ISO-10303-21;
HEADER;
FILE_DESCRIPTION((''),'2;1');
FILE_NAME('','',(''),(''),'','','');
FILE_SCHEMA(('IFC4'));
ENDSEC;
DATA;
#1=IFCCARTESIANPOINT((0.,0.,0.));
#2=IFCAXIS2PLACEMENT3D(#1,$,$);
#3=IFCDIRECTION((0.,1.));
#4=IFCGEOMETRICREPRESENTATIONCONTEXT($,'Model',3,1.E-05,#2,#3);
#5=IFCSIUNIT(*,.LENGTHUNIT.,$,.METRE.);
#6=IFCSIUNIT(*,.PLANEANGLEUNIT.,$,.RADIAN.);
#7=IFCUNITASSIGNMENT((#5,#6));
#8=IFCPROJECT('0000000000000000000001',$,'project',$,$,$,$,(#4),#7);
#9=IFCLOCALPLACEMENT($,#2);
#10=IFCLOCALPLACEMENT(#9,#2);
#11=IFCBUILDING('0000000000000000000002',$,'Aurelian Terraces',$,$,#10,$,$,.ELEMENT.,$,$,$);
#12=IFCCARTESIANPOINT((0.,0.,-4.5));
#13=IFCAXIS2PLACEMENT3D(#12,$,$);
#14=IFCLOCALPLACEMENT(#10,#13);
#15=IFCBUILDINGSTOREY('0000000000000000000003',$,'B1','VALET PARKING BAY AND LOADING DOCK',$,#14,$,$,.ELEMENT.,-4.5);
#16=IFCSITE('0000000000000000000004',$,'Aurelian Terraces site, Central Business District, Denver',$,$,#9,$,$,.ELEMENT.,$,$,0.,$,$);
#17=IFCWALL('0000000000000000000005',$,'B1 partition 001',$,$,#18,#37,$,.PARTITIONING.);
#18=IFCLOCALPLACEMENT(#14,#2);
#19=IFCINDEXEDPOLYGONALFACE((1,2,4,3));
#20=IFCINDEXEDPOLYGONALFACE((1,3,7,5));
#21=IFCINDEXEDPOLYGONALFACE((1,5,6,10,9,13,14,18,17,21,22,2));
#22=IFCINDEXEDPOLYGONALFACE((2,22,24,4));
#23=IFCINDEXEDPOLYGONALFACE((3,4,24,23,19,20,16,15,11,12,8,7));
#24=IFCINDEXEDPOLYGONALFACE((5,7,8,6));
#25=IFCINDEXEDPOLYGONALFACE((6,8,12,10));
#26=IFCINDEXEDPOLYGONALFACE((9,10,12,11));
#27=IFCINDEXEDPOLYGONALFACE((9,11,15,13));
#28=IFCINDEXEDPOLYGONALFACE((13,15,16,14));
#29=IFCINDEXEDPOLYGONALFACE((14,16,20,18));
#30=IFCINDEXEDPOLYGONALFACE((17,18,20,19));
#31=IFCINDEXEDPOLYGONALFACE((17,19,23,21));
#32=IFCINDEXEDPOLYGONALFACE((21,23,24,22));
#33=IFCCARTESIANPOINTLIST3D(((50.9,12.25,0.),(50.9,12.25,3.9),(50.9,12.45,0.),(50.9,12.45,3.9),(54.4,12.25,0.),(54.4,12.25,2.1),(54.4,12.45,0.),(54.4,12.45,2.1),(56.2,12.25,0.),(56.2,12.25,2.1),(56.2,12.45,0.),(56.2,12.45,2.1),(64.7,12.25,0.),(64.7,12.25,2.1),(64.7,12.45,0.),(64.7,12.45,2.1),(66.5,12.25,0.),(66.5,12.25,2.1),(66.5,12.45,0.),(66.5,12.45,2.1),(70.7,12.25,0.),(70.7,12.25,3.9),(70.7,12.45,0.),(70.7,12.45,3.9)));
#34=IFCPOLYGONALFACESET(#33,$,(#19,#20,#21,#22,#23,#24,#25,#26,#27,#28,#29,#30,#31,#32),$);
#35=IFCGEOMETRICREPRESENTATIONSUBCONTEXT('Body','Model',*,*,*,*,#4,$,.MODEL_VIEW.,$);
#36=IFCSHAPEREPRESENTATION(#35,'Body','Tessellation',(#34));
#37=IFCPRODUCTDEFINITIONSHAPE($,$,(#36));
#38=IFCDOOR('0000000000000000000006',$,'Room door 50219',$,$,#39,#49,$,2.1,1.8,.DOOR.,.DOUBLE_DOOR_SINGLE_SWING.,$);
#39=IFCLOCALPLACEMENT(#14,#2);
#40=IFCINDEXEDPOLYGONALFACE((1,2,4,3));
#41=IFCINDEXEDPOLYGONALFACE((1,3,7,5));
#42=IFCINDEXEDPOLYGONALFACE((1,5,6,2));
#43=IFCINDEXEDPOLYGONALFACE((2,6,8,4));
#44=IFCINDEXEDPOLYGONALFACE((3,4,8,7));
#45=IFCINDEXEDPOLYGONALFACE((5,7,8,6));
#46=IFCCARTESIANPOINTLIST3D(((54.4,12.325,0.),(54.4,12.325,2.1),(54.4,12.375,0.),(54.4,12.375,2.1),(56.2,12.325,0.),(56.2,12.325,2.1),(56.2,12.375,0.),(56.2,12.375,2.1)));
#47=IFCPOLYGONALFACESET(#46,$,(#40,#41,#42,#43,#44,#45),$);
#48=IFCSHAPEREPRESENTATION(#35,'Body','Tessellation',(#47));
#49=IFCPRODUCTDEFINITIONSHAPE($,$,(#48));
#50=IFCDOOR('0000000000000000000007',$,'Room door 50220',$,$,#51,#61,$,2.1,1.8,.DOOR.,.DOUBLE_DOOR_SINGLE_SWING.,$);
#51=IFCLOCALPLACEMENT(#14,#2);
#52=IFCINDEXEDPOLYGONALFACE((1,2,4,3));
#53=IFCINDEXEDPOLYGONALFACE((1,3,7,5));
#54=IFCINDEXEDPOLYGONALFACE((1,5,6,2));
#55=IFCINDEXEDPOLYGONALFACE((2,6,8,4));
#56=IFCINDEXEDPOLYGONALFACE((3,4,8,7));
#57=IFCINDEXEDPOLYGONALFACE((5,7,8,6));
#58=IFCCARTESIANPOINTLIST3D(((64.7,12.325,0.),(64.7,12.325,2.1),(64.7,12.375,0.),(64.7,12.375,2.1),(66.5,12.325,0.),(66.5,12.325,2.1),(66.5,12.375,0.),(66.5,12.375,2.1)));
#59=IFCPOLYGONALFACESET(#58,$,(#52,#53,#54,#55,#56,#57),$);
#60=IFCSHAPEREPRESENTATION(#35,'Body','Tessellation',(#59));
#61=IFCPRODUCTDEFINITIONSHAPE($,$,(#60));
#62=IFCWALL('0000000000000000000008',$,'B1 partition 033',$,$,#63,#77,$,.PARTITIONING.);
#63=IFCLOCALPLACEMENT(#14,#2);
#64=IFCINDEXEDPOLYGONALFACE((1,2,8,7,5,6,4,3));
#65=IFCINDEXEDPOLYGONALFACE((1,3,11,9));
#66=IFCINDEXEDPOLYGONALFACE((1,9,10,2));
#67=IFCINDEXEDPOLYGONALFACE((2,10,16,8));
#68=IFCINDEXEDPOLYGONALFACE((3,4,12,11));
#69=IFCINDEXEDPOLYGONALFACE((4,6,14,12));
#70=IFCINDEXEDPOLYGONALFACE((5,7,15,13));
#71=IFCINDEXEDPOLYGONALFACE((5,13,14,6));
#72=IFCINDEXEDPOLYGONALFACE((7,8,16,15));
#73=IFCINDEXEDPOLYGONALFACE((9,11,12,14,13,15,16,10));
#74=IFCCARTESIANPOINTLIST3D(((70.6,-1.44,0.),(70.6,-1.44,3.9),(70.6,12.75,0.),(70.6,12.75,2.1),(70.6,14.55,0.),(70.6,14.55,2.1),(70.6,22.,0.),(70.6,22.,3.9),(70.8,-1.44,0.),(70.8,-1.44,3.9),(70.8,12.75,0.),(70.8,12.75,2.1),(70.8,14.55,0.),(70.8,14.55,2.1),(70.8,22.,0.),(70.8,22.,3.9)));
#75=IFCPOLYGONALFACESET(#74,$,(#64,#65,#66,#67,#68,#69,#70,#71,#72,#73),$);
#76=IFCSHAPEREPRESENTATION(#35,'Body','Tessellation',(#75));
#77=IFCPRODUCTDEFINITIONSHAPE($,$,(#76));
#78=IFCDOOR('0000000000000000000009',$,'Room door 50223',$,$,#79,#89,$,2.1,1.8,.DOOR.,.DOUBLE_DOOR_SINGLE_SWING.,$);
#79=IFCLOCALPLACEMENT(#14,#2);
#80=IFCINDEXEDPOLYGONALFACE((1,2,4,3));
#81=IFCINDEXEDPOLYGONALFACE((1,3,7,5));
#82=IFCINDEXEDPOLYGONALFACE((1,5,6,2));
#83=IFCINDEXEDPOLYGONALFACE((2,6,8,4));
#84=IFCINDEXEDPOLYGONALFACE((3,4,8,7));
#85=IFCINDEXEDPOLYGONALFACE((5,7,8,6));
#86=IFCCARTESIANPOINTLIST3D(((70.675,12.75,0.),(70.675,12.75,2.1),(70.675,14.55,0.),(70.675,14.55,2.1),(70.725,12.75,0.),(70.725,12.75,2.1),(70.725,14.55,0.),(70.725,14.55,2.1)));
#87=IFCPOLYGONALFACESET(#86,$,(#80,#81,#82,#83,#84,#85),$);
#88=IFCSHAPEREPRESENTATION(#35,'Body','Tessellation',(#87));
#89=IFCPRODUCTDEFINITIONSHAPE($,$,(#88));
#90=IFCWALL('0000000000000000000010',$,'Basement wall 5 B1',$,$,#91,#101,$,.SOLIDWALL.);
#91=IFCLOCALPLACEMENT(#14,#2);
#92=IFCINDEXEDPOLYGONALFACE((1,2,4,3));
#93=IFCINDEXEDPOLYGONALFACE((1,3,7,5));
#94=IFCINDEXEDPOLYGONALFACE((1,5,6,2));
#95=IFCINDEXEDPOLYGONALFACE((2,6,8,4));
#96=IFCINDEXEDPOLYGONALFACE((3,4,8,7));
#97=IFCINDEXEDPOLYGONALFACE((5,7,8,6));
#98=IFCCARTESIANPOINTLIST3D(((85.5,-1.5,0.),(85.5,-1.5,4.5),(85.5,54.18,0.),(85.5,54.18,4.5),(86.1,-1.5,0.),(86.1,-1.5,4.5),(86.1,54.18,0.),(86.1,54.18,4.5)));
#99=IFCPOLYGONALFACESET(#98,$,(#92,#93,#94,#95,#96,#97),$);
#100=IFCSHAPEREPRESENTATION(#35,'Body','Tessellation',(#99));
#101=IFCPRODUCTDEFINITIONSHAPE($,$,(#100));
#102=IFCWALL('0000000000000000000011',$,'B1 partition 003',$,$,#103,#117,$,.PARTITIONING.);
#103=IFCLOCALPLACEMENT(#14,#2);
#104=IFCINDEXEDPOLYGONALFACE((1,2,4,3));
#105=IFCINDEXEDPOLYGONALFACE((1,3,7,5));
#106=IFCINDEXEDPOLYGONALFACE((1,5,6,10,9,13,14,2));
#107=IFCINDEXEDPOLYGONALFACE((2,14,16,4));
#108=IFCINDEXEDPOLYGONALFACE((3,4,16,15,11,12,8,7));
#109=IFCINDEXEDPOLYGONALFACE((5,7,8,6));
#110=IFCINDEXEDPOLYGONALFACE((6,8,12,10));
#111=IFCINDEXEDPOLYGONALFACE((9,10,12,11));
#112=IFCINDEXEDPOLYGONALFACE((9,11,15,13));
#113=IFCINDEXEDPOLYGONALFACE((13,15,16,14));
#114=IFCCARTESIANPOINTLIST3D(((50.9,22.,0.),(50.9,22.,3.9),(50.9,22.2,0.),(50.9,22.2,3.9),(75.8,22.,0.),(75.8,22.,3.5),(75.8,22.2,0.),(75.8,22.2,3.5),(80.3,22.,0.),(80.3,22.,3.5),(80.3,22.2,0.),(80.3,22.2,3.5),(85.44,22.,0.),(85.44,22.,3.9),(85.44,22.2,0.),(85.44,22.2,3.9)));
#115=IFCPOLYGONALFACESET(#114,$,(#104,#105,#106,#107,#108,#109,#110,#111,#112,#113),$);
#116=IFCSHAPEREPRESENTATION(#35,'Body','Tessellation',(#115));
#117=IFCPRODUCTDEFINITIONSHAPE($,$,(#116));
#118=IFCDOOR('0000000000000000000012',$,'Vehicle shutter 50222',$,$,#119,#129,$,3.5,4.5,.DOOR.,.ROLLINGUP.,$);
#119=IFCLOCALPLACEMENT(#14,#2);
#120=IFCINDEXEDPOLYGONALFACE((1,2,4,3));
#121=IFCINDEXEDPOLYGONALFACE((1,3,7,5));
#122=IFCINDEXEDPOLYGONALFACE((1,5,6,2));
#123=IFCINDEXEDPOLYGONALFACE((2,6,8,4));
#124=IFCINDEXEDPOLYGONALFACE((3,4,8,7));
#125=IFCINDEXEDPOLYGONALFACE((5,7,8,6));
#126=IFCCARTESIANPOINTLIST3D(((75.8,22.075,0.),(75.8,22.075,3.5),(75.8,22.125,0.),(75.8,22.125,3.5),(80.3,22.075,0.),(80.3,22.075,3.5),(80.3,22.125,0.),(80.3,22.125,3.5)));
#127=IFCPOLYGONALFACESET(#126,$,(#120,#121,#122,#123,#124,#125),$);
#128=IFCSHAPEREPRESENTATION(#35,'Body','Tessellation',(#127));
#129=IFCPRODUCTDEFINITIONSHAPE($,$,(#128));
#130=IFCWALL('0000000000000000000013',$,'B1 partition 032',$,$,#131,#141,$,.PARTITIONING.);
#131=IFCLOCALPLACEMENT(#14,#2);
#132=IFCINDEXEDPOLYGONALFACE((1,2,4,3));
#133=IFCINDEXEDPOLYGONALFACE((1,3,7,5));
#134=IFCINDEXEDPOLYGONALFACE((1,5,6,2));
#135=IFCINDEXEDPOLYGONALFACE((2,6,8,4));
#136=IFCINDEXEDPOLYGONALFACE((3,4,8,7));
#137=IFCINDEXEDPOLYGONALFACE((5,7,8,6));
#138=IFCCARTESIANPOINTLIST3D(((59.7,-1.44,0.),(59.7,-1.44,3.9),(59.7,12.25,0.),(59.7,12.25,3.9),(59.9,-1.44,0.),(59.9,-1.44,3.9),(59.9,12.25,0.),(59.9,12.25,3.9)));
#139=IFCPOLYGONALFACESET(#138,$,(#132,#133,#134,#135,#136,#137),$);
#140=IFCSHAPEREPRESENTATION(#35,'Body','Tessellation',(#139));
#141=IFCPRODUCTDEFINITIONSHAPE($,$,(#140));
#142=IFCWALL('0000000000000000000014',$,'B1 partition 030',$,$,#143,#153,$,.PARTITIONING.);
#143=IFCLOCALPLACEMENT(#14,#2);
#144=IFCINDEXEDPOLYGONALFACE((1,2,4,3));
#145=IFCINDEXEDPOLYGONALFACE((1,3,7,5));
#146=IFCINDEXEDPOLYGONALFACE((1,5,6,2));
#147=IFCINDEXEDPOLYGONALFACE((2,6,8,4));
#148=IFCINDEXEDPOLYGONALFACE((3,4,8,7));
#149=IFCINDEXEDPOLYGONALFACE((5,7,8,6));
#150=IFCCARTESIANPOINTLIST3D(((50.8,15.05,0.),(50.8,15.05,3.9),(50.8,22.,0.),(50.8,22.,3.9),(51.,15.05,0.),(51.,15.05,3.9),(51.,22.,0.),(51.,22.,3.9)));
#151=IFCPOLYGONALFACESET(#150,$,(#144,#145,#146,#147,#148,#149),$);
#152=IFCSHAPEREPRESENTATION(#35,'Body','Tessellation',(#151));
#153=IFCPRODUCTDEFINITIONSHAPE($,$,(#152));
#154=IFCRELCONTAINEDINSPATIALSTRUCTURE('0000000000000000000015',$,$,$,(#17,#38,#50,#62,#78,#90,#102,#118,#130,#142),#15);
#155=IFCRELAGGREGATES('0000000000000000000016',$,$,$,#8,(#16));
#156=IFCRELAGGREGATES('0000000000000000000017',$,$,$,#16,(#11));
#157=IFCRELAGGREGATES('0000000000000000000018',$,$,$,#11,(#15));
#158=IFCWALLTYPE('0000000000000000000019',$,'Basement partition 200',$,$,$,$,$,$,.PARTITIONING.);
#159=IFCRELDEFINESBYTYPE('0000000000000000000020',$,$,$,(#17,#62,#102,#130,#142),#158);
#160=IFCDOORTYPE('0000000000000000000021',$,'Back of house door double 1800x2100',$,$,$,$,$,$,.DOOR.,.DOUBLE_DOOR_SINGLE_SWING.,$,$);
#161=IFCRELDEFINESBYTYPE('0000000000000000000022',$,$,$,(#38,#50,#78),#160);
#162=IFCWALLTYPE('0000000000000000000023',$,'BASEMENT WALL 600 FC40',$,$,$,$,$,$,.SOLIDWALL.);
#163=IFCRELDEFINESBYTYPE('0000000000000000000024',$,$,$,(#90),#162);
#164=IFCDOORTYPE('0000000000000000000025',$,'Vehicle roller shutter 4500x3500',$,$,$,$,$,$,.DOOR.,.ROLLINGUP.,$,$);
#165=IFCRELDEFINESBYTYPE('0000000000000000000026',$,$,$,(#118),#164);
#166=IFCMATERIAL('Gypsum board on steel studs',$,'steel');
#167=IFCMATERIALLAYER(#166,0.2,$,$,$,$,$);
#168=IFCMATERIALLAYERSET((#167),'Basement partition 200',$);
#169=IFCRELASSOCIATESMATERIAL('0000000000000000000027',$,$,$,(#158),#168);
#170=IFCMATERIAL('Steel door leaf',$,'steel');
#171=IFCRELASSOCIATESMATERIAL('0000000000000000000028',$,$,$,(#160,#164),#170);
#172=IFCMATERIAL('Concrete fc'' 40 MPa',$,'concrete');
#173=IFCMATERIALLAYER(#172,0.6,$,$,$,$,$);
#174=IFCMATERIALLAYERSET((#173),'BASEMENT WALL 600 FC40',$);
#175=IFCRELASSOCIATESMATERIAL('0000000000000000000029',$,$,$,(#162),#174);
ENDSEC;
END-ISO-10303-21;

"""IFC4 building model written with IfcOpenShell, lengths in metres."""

from ifc_helpers import new_model, si_unit, direction, frame, frame_2d, origin, place, context, subcontext, project, spatial, rectangle, extrude, source, transform, mapped, material, layer, layer_set, type_object, element, fill, save


model = new_model("IFC4")

# Units and contexts
model_context = context("Model", 3, precision=1e-05, world=origin(), true_north=direction((0.0, 1.0)))
body_context = subcontext(model_context, "Body", "Model", "MODEL_VIEW")
ifc_project = project(units=[si_unit("LENGTHUNIT", "METRE"), si_unit("PLANEANGLEUNIT", "RADIAN")], contexts=[model_context])

# Site, building, storey
site_placement = place(None, origin())
site = spatial("IfcSite", under=ifc_project, at=site_placement, Name="Aurelian Terraces site, Central Business District, Denver", CompositionType="ELEMENT", RefElevation=0.0)
building_placement = place(site_placement, origin())
building = spatial("IfcBuilding", under=site, at=building_placement, Name="Aurelian Terraces", CompositionType="ELEMENT")
storey_placement = place(building_placement, frame((0.0, 0.0, -4.5)))
storey = spatial("IfcBuildingStorey", under=building, at=storey_placement, Name="B1", Description="VALET PARKING BAY AND LOADING DOCK", CompositionType="ELEMENT", Elevation=-4.5)

# Wall, openings, doors
ifc_material_1 = material(Name="Gypsum board on steel studs", Category="steel")
ifc_layer_1 = layer(ifc_material_1, 0.2)
ifc_layer_set_1 = layer_set([ifc_layer_1], Name="Basement partition 200")
wall_type_1 = type_object("IfcWallType", Name="Basement partition 200", PredefinedType="PARTITIONING", material=ifc_layer_set_1)
wall_1_placement = place(storey_placement, frame((50.9, 12.35, 0.0), z_axis=(0.0, 0.0, 1.0), x_axis=(1.0, 0.0, 0.0)))
wall_1 = element("IfcWall", 1, at=wall_1_placement, inside=storey, type_object=wall_type_1, Name="B1 partition 001", PredefinedType="PARTITIONING", context=body_context, shape_type="SweptSolid", body=[
    extrude(rectangle(XDim=19.8, YDim=0.2, at=frame_2d((9.9, 0.0))), origin(), (0.0, 0.0, 1.0), 3.9),
])
shared_shape_1 = source(origin(), body_context, "Body", "SweptSolid", [
    extrude(rectangle(XDim=1.8, YDim=2.1, at=frame_2d((0.9, 1.05))), frame((0.0, 0.11, 0.0), z_axis=(0.0, -1.0, 0.0), x_axis=(1.0, 0.0, 0.0)), (0.0, 0.0, 1.0), 0.22),
])
opening_1_placement = place(wall_1_placement, frame((3.5, 0.0, 0.0)))
opening_1 = element("IfcOpeningElement", 2, at=opening_1_placement, cuts=wall_1, PredefinedType="OPENING", context=body_context, shape_type="MappedRepresentation", body=[
    mapped(shared_shape_1, transform((0.0, 0.0, 0.0), scale=1.0)),
])
opening_2_placement = place(wall_1_placement, frame((13.8, 0.0, 0.0)))
opening_2 = element("IfcOpeningElement", 3, at=opening_2_placement, cuts=wall_1, PredefinedType="OPENING", context=body_context, shape_type="MappedRepresentation", body=[
    mapped(shared_shape_1, transform((0.0, 0.0, 0.0), scale=1.0)),
])
ifc_material_2 = material(Name="Steel door leaf", Category="steel")
door_type_1 = type_object("IfcDoorType", Name="Back of house door double 1800x2100", OperationType="DOUBLE_DOOR_SINGLE_SWING", PredefinedType="DOOR", material=ifc_material_2)
shared_shape_2 = source(origin(), body_context, "Body", "SweptSolid", [
    extrude(rectangle(XDim=1.8, YDim=2.1, at=frame_2d((0.9, 1.05))), frame((0.0, 0.025, 0.0), z_axis=(0.0, -1.0, 0.0), x_axis=(1.0, 0.0, 0.0)), (0.0, 0.0, 1.0), 0.05),
])
door_1_placement = place(opening_1_placement, origin())
door_1 = element("IfcDoor", 4, at=door_1_placement, inside=storey, type_object=door_type_1, Name="Room door 50219", OperationType="DOUBLE_DOOR_SINGLE_SWING", OverallHeight=2.1, OverallWidth=1.8, PredefinedType="DOOR", context=body_context, shape_type="MappedRepresentation", body=[
    mapped(shared_shape_2, transform((0.0, 0.0, 0.0), scale=1.0)),
])
fill(opening_1, door_1)
door_2_placement = place(opening_2_placement, origin())
door_2 = element("IfcDoor", 5, at=door_2_placement, inside=storey, type_object=door_type_1, Name="Room door 50220", OperationType="DOUBLE_DOOR_SINGLE_SWING", OverallHeight=2.1, OverallWidth=1.8, PredefinedType="DOOR", context=body_context, shape_type="MappedRepresentation", body=[
    mapped(shared_shape_2, transform((0.0, 0.0, 0.0), scale=1.0)),
])
fill(opening_2, door_2)

# Wall, opening, door
wall_2_placement = place(storey_placement, frame((70.7, -1.44, 0.0), z_axis=(0.0, 0.0, 1.0), x_axis=(0.0, 1.0, 0.0)))
wall_2 = element("IfcWall", 6, at=wall_2_placement, inside=storey, type_object=wall_type_1, Name="B1 partition 033", PredefinedType="PARTITIONING", context=body_context, shape_type="SweptSolid", body=[
    extrude(rectangle(XDim=23.44, YDim=0.2, at=frame_2d((11.72, 0.0))), origin(), (0.0, 0.0, 1.0), 3.9),
])
opening_3_placement = place(wall_2_placement, frame((14.19, 0.0, 0.0)))
opening_3 = element("IfcOpeningElement", 7, at=opening_3_placement, cuts=wall_2, PredefinedType="OPENING", context=body_context, shape_type="MappedRepresentation", body=[
    mapped(shared_shape_1, transform((0.0, 0.0, 0.0), scale=1.0)),
])
door_3_placement = place(opening_3_placement, origin())
door_3 = element("IfcDoor", 8, at=door_3_placement, inside=storey, type_object=door_type_1, Name="Room door 50223", OperationType="DOUBLE_DOOR_SINGLE_SWING", OverallHeight=2.1, OverallWidth=1.8, PredefinedType="DOOR", context=body_context, shape_type="MappedRepresentation", body=[
    mapped(shared_shape_2, transform((0.0, 0.0, 0.0), scale=1.0)),
])
fill(opening_3, door_3)

# Wall
ifc_material_3 = material(Name="Concrete fc' 40 MPa", Category="concrete")
ifc_layer_2 = layer(ifc_material_3, 0.6)
ifc_layer_set_2 = layer_set([ifc_layer_2], Name="BASEMENT WALL 600 FC40")
wall_type_2 = type_object("IfcWallType", Name="BASEMENT WALL 600 FC40", PredefinedType="SOLIDWALL", material=ifc_layer_set_2)
shared_shape_3 = source(origin(), body_context, "Body", "SweptSolid", [
    extrude(rectangle(XDim=55.68, YDim=0.6, at=frame_2d((27.84, 0.0))), origin(), (0.0, 0.0, 1.0), 4.5),
])
wall_3_placement = place(storey_placement, frame((85.8, -1.5, 0.0), z_axis=(0.0, 0.0, 1.0), x_axis=(0.0, 1.0, 0.0)))
element("IfcWall", 9, at=wall_3_placement, inside=storey, type_object=wall_type_2, Name="Basement wall 5 B1", PredefinedType="SOLIDWALL", context=body_context, shape_type="MappedRepresentation", body=[
    mapped(shared_shape_3, transform((0.0, 0.0, 0.0), scale=1.0)),
])

# Wall, opening, door
shared_shape_4 = source(origin(), body_context, "Body", "SweptSolid", [
    extrude(rectangle(XDim=34.54, YDim=0.2, at=frame_2d((17.27, 0.0))), origin(), (0.0, 0.0, 1.0), 3.9),
])
wall_4_placement = place(storey_placement, frame((50.9, 22.1, 0.0), z_axis=(0.0, 0.0, 1.0), x_axis=(1.0, 0.0, 0.0)))
wall_4 = element("IfcWall", 10, at=wall_4_placement, inside=storey, type_object=wall_type_1, Name="B1 partition 003", PredefinedType="PARTITIONING", context=body_context, shape_type="MappedRepresentation", body=[
    mapped(shared_shape_4, transform((0.0, 0.0, 0.0), scale=1.0)),
])
opening_4_placement = place(wall_4_placement, frame((24.9, 0.0, 0.0)))
opening_4 = element("IfcOpeningElement", 11, at=opening_4_placement, cuts=wall_4, PredefinedType="OPENING", context=body_context, shape_type="SweptSolid", body=[
    extrude(rectangle(XDim=4.5, YDim=3.5, at=frame_2d((2.25, 1.75))), frame((0.0, 0.11, 0.0), z_axis=(0.0, -1.0, 0.0), x_axis=(1.0, 0.0, 0.0)), (0.0, 0.0, 1.0), 0.22),
])
door_type_2 = type_object("IfcDoorType", Name="Vehicle roller shutter 4500x3500", OperationType="ROLLINGUP", PredefinedType="DOOR", material=ifc_material_2)
door_4_placement = place(opening_4_placement, origin())
door_4 = element("IfcDoor", 12, at=door_4_placement, inside=storey, type_object=door_type_2, Name="Vehicle shutter 50222", OperationType="ROLLINGUP", OverallHeight=3.5, OverallWidth=4.5, PredefinedType="DOOR", context=body_context, shape_type="SweptSolid", body=[
    extrude(rectangle(XDim=4.5, YDim=3.5, at=frame_2d((2.25, 1.75))), frame((0.0, 0.025, 0.0), z_axis=(0.0, -1.0, 0.0), x_axis=(1.0, 0.0, 0.0)), (0.0, 0.0, 1.0), 0.05),
])
fill(opening_4, door_4)

# Walls
shared_shape_5 = source(origin(), body_context, "Body", "SweptSolid", [
    extrude(rectangle(XDim=13.69, YDim=0.2, at=frame_2d((6.845, 0.0))), origin(), (0.0, 0.0, 1.0), 3.9),
])
wall_5_placement = place(storey_placement, frame((59.8, -1.44, 0.0), z_axis=(0.0, 0.0, 1.0), x_axis=(0.0, 1.0, 0.0)))
element("IfcWall", 13, at=wall_5_placement, inside=storey, type_object=wall_type_1, Name="B1 partition 032", PredefinedType="PARTITIONING", context=body_context, shape_type="MappedRepresentation", body=[
    mapped(shared_shape_5, transform((0.0, 0.0, 0.0), scale=1.0)),
])
shared_shape_6 = source(origin(), body_context, "Body", "SweptSolid", [
    extrude(rectangle(XDim=6.95, YDim=0.2, at=frame_2d((3.475, 0.0))), origin(), (0.0, 0.0, 1.0), 3.9),
])
wall_6_placement = place(storey_placement, frame((50.9, 15.05, 0.0), z_axis=(0.0, 0.0, 1.0), x_axis=(0.0, 1.0, 0.0)))
element("IfcWall", 14, at=wall_6_placement, inside=storey, type_object=wall_type_1, Name="B1 partition 030", PredefinedType="PARTITIONING", context=body_context, shape_type="MappedRepresentation", body=[
    mapped(shared_shape_6, transform((0.0, 0.0, 0.0), scale=1.0)),
])

save(model, "model.ifc")
